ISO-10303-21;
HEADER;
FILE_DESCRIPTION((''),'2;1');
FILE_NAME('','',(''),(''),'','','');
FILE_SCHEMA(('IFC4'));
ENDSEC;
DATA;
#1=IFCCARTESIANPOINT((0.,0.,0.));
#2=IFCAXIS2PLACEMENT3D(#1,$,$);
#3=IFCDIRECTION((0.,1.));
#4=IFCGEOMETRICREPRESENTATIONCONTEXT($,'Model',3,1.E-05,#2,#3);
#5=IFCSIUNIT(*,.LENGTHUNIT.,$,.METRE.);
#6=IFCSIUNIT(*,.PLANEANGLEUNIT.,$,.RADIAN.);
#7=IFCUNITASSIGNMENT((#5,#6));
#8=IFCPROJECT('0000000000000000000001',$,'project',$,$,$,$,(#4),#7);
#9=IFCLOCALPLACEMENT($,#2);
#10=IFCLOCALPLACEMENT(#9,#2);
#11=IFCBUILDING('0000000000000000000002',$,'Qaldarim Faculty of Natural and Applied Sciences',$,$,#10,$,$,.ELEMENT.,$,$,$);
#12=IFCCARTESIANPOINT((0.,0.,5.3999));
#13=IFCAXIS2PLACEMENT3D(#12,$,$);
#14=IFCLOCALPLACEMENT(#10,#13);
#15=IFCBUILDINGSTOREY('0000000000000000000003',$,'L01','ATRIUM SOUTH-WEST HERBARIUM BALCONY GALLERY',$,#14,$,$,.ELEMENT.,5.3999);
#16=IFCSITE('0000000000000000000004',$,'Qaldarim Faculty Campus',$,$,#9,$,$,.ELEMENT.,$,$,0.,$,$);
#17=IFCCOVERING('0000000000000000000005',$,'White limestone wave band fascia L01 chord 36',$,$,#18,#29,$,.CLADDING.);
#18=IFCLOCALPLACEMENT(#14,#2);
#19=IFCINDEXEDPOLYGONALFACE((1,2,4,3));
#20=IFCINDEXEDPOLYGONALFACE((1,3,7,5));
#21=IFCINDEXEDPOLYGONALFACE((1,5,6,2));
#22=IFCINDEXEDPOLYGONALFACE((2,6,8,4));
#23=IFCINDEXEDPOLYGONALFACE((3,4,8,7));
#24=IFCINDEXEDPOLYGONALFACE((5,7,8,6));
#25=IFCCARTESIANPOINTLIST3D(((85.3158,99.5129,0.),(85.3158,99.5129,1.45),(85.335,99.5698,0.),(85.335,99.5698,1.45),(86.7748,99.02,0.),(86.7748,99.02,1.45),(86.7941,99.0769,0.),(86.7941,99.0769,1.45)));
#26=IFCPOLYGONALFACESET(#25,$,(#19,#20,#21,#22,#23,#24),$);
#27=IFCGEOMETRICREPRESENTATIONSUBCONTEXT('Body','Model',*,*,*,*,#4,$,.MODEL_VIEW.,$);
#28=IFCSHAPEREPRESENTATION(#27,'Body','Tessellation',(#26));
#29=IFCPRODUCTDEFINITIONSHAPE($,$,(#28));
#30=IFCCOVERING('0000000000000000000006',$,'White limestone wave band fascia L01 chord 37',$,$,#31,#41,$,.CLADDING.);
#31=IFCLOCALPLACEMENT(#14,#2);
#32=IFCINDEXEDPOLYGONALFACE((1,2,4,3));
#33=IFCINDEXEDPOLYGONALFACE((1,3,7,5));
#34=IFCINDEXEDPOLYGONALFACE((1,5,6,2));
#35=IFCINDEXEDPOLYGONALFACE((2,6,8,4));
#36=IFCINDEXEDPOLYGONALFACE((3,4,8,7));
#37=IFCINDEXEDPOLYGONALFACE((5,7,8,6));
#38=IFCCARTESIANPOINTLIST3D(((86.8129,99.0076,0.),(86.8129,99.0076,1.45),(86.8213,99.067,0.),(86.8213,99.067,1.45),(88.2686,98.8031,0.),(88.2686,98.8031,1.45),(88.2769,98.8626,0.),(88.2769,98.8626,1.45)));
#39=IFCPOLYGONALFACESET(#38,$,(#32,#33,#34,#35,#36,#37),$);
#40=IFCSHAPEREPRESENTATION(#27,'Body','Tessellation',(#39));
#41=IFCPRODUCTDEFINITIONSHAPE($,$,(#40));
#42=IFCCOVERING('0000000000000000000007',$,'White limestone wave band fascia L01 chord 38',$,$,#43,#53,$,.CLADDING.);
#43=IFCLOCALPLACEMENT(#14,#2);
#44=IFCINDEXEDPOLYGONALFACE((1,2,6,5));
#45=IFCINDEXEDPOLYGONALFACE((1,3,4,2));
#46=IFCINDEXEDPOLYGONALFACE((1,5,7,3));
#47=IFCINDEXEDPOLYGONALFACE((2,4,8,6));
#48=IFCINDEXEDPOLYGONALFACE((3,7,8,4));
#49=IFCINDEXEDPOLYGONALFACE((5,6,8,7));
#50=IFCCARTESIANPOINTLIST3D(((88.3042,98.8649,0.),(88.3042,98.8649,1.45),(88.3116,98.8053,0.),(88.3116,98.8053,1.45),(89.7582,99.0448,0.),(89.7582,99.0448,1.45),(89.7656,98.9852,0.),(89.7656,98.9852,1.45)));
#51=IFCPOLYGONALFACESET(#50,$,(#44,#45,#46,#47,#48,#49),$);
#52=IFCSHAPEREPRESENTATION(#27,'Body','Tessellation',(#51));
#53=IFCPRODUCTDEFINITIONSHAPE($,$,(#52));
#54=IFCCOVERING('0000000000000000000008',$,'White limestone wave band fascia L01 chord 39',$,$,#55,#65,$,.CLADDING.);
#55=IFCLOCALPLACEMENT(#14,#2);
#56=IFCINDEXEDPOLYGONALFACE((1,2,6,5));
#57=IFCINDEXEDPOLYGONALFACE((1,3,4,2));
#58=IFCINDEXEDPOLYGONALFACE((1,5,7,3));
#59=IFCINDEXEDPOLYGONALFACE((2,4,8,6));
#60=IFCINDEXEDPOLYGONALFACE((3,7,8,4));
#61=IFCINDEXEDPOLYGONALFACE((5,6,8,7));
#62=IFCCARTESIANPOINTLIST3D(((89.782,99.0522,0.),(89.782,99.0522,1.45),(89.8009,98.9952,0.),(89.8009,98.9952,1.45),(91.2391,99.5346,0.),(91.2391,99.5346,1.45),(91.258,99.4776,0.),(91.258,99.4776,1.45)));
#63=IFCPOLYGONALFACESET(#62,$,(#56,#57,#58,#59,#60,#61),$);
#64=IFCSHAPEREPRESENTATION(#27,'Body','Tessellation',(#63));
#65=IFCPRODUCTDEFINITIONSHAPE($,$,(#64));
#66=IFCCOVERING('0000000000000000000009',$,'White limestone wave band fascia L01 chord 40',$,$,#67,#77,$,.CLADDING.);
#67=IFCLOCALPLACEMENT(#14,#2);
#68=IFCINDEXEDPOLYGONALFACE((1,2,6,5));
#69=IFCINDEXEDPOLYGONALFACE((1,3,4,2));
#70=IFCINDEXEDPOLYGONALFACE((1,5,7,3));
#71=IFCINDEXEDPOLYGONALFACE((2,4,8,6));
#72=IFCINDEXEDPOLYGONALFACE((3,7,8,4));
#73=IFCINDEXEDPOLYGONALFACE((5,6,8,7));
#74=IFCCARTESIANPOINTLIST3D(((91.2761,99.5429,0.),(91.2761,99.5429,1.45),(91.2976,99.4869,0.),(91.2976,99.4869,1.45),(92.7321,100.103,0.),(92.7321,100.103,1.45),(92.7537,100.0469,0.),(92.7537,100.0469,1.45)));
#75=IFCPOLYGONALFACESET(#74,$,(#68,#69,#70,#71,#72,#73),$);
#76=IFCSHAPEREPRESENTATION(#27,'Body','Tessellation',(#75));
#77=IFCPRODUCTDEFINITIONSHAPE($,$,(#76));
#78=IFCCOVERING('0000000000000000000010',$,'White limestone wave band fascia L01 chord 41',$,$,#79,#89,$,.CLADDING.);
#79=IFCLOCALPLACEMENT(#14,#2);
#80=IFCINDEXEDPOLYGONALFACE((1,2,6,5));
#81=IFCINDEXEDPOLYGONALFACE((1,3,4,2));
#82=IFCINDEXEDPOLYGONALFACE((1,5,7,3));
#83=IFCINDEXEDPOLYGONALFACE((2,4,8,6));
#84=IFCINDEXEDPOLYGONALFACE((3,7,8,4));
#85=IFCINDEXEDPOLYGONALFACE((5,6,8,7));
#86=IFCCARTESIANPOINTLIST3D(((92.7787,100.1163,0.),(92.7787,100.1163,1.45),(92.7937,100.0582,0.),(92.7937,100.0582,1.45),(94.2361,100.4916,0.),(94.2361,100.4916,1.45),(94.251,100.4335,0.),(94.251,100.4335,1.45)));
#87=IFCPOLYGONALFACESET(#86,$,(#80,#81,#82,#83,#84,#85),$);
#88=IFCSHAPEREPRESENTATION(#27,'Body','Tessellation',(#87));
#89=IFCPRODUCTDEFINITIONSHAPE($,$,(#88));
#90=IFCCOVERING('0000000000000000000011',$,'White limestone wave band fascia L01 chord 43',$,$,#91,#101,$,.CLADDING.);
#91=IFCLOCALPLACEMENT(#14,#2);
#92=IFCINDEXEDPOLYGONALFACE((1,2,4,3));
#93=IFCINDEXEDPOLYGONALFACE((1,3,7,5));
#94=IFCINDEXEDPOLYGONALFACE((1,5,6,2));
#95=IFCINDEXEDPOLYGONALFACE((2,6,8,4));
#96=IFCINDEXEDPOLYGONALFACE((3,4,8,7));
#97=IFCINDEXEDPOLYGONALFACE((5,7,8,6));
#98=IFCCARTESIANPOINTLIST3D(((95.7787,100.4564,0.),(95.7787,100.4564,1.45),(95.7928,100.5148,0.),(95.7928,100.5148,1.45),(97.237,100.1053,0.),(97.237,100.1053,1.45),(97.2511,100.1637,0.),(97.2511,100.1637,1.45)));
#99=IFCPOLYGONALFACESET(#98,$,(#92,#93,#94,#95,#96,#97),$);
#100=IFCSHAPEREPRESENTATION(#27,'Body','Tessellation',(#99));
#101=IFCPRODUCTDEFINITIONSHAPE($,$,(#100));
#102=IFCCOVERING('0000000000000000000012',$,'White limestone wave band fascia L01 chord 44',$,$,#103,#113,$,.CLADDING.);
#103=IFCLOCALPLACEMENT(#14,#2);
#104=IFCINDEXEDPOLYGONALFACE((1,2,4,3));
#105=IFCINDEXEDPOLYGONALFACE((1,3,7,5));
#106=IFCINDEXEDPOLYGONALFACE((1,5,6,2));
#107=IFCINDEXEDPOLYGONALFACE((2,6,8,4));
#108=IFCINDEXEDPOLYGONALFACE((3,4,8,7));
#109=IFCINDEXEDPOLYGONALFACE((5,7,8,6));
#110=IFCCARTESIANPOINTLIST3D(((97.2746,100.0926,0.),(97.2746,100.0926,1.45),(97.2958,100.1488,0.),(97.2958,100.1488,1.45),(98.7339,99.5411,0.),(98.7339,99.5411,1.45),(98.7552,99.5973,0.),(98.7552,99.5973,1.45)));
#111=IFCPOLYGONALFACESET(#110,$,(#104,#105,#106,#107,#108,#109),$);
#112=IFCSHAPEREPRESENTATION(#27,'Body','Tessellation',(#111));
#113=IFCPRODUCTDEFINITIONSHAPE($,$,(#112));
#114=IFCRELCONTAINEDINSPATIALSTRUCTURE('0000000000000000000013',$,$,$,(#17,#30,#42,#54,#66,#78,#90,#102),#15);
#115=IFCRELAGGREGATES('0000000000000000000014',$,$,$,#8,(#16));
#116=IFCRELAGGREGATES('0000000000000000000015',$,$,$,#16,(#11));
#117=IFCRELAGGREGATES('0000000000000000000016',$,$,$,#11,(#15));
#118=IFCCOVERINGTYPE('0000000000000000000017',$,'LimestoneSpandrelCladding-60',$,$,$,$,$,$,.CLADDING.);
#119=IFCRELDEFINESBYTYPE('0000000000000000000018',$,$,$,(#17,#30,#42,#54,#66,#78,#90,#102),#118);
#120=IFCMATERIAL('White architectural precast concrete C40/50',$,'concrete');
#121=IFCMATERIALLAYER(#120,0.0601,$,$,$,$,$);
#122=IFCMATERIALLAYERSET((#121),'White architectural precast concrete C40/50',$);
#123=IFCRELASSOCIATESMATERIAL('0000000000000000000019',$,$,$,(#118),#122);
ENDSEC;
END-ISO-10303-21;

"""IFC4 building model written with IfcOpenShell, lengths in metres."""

from ifc_helpers import new_model, si_unit, direction, frame, origin, origin_2d, place, context, subcontext, project, spatial, rectangle, extrude, material, layer, layer_set, type_object, element, save


model = new_model("IFC4")

# Units and contexts
model_context = context("Model", 3, precision=1e-05, world=origin(), true_north=direction((0.0, 1.0)))
body_context = subcontext(model_context, "Body", "Model", "MODEL_VIEW")
ifc_project = project(units=[si_unit("LENGTHUNIT", "METRE"), si_unit("PLANEANGLEUNIT", "RADIAN")], contexts=[model_context])

# Site, building, storey
site_placement = place(None, origin())
site = spatial("IfcSite", under=ifc_project, at=site_placement, Name="Qaldarim Faculty Campus", CompositionType="ELEMENT", RefElevation=0.0)
building_placement = place(site_placement, origin())
building = spatial("IfcBuilding", under=site, at=building_placement, Name="Qaldarim Faculty of Natural and Applied Sciences", CompositionType="ELEMENT")
storey_placement = place(building_placement, frame((0.0, 0.0, 5.3999)))
storey = spatial("IfcBuildingStorey", under=building, at=storey_placement, Name="L01", Description="ATRIUM SOUTH-WEST HERBARIUM BALCONY GALLERY", CompositionType="ELEMENT", Elevation=5.3999)

# Shared definitions
ifc_material_1 = material(Name="White architectural precast concrete C40/50", Category="concrete")

# Coverings
ifc_layer_1 = layer(ifc_material_1, 0.0601)
ifc_layer_set_1 = layer_set([ifc_layer_1], Name="White architectural precast concrete C40/50")
covering_type = type_object("IfcCoveringType", Name="LimestoneSpandrelCladding-60", PredefinedType="CLADDING", material=ifc_layer_set_1)
covering_1_placement = place(storey_placement, frame((86.0549, 99.2949, 0.0), z_axis=(0.0, 0.0, 1.0), x_axis=(0.947406, -0.320034, 0.0)))
element("IfcCovering", 1, at=covering_1_placement, inside=storey, type_object=covering_type, Name="White limestone wave band fascia L01 chord 36", PredefinedType="CLADDING", context=body_context, shape_type="SweptSolid", body=[
    extrude(rectangle(XDim=1.54, YDim=0.0601, at=origin_2d()), origin(), (0.0, 0.0, 1.0), 1.45),
])
covering_2_placement = place(storey_placement, frame((87.5449, 98.9351, 0.0), z_axis=(0.0, 0.0, 1.0), x_axis=(0.990278, -0.139104, 0.0)))
element("IfcCovering", 2, at=covering_2_placement, inside=storey, type_object=covering_type, Name="White limestone wave band fascia L01 chord 37", PredefinedType="CLADDING", context=body_context, shape_type="SweptSolid", body=[
    extrude(rectangle(XDim=1.47, YDim=0.0601, at=origin_2d()), origin(), (0.0, 0.0, 1.0), 1.45),
])
covering_3_placement = place(storey_placement, frame((89.0349, 98.925, 0.0), z_axis=(0.0, 0.0, 1.0), x_axis=(0.992431, 0.122805, 0.0)))
element("IfcCovering", 3, at=covering_3_placement, inside=storey, type_object=covering_type, Name="White limestone wave band fascia L01 chord 38", PredefinedType="CLADDING", context=body_context, shape_type="SweptSolid", body=[
    extrude(rectangle(XDim=1.4651, YDim=0.0601, at=origin_2d()), origin(), (0.0, 0.0, 1.0), 1.45),
])
covering_4_placement = place(storey_placement, frame((90.52, 99.2649, 0.0), z_axis=(0.0, 0.0, 1.0), x_axis=(0.949316, 0.314324, 0.0)))
element("IfcCovering", 4, at=covering_4_placement, inside=storey, type_object=covering_type, Name="White limestone wave band fascia L01 chord 39", PredefinedType="CLADDING", context=body_context, shape_type="SweptSolid", body=[
    extrude(rectangle(XDim=1.5349, YDim=0.0601, at=origin_2d()), origin(), (0.0, 0.0, 1.0), 1.45),
])
covering_5_placement = place(storey_placement, frame((92.0149, 99.7949, 0.0), z_axis=(0.0, 0.0, 1.0), x_axis=(0.933343, 0.358987, 0.0)))
element("IfcCovering", 5, at=covering_5_placement, inside=storey, type_object=covering_type, Name="White limestone wave band fascia L01 chord 40", PredefinedType="CLADDING", context=body_context, shape_type="SweptSolid", body=[
    extrude(rectangle(XDim=1.5601, YDim=0.0601, at=origin_2d()), origin(), (0.0, 0.0, 1.0), 1.45),
])
covering_6_placement = place(storey_placement, frame((93.5149, 100.2749, 0.0), z_axis=(0.0, 0.0, 1.0), x_axis=(0.968405, 0.249383, 0.0)))
element("IfcCovering", 6, at=covering_6_placement, inside=storey, type_object=covering_type, Name="White limestone wave band fascia L01 chord 41", PredefinedType="CLADDING", context=body_context, shape_type="SweptSolid", body=[
    extrude(rectangle(XDim=1.5049, YDim=0.0601, at=origin_2d()), origin(), (0.0, 0.0, 1.0), 1.45),
])
covering_7_placement = place(storey_placement, frame((96.5149, 100.3101, 0.0), z_axis=(0.0, 0.0, 1.0), x_axis=(0.972211, -0.234107, 0.0)))
element("IfcCovering", 7, at=covering_7_placement, inside=storey, type_object=covering_type, Name="White limestone wave band fascia L01 chord 43", PredefinedType="CLADDING", context=body_context, shape_type="SweptSolid", body=[
    extrude(rectangle(XDim=1.5, YDim=0.0601, at=origin_2d()), origin(), (0.0, 0.0, 1.0), 1.45),
])
covering_8_placement = place(storey_placement, frame((98.0149, 99.845, 0.0), z_axis=(0.0, 0.0, 1.0), x_axis=(0.935426, -0.353524, 0.0)))
element("IfcCovering", 8, at=covering_8_placement, inside=storey, type_object=covering_type, Name="White limestone wave band fascia L01 chord 44", PredefinedType="CLADDING", context=body_context, shape_type="SweptSolid", body=[
    extrude(rectangle(XDim=1.5601, YDim=0.0601, at=origin_2d()), origin(), (0.0, 0.0, 1.0), 1.45),
])

save(model, "model.ifc")
